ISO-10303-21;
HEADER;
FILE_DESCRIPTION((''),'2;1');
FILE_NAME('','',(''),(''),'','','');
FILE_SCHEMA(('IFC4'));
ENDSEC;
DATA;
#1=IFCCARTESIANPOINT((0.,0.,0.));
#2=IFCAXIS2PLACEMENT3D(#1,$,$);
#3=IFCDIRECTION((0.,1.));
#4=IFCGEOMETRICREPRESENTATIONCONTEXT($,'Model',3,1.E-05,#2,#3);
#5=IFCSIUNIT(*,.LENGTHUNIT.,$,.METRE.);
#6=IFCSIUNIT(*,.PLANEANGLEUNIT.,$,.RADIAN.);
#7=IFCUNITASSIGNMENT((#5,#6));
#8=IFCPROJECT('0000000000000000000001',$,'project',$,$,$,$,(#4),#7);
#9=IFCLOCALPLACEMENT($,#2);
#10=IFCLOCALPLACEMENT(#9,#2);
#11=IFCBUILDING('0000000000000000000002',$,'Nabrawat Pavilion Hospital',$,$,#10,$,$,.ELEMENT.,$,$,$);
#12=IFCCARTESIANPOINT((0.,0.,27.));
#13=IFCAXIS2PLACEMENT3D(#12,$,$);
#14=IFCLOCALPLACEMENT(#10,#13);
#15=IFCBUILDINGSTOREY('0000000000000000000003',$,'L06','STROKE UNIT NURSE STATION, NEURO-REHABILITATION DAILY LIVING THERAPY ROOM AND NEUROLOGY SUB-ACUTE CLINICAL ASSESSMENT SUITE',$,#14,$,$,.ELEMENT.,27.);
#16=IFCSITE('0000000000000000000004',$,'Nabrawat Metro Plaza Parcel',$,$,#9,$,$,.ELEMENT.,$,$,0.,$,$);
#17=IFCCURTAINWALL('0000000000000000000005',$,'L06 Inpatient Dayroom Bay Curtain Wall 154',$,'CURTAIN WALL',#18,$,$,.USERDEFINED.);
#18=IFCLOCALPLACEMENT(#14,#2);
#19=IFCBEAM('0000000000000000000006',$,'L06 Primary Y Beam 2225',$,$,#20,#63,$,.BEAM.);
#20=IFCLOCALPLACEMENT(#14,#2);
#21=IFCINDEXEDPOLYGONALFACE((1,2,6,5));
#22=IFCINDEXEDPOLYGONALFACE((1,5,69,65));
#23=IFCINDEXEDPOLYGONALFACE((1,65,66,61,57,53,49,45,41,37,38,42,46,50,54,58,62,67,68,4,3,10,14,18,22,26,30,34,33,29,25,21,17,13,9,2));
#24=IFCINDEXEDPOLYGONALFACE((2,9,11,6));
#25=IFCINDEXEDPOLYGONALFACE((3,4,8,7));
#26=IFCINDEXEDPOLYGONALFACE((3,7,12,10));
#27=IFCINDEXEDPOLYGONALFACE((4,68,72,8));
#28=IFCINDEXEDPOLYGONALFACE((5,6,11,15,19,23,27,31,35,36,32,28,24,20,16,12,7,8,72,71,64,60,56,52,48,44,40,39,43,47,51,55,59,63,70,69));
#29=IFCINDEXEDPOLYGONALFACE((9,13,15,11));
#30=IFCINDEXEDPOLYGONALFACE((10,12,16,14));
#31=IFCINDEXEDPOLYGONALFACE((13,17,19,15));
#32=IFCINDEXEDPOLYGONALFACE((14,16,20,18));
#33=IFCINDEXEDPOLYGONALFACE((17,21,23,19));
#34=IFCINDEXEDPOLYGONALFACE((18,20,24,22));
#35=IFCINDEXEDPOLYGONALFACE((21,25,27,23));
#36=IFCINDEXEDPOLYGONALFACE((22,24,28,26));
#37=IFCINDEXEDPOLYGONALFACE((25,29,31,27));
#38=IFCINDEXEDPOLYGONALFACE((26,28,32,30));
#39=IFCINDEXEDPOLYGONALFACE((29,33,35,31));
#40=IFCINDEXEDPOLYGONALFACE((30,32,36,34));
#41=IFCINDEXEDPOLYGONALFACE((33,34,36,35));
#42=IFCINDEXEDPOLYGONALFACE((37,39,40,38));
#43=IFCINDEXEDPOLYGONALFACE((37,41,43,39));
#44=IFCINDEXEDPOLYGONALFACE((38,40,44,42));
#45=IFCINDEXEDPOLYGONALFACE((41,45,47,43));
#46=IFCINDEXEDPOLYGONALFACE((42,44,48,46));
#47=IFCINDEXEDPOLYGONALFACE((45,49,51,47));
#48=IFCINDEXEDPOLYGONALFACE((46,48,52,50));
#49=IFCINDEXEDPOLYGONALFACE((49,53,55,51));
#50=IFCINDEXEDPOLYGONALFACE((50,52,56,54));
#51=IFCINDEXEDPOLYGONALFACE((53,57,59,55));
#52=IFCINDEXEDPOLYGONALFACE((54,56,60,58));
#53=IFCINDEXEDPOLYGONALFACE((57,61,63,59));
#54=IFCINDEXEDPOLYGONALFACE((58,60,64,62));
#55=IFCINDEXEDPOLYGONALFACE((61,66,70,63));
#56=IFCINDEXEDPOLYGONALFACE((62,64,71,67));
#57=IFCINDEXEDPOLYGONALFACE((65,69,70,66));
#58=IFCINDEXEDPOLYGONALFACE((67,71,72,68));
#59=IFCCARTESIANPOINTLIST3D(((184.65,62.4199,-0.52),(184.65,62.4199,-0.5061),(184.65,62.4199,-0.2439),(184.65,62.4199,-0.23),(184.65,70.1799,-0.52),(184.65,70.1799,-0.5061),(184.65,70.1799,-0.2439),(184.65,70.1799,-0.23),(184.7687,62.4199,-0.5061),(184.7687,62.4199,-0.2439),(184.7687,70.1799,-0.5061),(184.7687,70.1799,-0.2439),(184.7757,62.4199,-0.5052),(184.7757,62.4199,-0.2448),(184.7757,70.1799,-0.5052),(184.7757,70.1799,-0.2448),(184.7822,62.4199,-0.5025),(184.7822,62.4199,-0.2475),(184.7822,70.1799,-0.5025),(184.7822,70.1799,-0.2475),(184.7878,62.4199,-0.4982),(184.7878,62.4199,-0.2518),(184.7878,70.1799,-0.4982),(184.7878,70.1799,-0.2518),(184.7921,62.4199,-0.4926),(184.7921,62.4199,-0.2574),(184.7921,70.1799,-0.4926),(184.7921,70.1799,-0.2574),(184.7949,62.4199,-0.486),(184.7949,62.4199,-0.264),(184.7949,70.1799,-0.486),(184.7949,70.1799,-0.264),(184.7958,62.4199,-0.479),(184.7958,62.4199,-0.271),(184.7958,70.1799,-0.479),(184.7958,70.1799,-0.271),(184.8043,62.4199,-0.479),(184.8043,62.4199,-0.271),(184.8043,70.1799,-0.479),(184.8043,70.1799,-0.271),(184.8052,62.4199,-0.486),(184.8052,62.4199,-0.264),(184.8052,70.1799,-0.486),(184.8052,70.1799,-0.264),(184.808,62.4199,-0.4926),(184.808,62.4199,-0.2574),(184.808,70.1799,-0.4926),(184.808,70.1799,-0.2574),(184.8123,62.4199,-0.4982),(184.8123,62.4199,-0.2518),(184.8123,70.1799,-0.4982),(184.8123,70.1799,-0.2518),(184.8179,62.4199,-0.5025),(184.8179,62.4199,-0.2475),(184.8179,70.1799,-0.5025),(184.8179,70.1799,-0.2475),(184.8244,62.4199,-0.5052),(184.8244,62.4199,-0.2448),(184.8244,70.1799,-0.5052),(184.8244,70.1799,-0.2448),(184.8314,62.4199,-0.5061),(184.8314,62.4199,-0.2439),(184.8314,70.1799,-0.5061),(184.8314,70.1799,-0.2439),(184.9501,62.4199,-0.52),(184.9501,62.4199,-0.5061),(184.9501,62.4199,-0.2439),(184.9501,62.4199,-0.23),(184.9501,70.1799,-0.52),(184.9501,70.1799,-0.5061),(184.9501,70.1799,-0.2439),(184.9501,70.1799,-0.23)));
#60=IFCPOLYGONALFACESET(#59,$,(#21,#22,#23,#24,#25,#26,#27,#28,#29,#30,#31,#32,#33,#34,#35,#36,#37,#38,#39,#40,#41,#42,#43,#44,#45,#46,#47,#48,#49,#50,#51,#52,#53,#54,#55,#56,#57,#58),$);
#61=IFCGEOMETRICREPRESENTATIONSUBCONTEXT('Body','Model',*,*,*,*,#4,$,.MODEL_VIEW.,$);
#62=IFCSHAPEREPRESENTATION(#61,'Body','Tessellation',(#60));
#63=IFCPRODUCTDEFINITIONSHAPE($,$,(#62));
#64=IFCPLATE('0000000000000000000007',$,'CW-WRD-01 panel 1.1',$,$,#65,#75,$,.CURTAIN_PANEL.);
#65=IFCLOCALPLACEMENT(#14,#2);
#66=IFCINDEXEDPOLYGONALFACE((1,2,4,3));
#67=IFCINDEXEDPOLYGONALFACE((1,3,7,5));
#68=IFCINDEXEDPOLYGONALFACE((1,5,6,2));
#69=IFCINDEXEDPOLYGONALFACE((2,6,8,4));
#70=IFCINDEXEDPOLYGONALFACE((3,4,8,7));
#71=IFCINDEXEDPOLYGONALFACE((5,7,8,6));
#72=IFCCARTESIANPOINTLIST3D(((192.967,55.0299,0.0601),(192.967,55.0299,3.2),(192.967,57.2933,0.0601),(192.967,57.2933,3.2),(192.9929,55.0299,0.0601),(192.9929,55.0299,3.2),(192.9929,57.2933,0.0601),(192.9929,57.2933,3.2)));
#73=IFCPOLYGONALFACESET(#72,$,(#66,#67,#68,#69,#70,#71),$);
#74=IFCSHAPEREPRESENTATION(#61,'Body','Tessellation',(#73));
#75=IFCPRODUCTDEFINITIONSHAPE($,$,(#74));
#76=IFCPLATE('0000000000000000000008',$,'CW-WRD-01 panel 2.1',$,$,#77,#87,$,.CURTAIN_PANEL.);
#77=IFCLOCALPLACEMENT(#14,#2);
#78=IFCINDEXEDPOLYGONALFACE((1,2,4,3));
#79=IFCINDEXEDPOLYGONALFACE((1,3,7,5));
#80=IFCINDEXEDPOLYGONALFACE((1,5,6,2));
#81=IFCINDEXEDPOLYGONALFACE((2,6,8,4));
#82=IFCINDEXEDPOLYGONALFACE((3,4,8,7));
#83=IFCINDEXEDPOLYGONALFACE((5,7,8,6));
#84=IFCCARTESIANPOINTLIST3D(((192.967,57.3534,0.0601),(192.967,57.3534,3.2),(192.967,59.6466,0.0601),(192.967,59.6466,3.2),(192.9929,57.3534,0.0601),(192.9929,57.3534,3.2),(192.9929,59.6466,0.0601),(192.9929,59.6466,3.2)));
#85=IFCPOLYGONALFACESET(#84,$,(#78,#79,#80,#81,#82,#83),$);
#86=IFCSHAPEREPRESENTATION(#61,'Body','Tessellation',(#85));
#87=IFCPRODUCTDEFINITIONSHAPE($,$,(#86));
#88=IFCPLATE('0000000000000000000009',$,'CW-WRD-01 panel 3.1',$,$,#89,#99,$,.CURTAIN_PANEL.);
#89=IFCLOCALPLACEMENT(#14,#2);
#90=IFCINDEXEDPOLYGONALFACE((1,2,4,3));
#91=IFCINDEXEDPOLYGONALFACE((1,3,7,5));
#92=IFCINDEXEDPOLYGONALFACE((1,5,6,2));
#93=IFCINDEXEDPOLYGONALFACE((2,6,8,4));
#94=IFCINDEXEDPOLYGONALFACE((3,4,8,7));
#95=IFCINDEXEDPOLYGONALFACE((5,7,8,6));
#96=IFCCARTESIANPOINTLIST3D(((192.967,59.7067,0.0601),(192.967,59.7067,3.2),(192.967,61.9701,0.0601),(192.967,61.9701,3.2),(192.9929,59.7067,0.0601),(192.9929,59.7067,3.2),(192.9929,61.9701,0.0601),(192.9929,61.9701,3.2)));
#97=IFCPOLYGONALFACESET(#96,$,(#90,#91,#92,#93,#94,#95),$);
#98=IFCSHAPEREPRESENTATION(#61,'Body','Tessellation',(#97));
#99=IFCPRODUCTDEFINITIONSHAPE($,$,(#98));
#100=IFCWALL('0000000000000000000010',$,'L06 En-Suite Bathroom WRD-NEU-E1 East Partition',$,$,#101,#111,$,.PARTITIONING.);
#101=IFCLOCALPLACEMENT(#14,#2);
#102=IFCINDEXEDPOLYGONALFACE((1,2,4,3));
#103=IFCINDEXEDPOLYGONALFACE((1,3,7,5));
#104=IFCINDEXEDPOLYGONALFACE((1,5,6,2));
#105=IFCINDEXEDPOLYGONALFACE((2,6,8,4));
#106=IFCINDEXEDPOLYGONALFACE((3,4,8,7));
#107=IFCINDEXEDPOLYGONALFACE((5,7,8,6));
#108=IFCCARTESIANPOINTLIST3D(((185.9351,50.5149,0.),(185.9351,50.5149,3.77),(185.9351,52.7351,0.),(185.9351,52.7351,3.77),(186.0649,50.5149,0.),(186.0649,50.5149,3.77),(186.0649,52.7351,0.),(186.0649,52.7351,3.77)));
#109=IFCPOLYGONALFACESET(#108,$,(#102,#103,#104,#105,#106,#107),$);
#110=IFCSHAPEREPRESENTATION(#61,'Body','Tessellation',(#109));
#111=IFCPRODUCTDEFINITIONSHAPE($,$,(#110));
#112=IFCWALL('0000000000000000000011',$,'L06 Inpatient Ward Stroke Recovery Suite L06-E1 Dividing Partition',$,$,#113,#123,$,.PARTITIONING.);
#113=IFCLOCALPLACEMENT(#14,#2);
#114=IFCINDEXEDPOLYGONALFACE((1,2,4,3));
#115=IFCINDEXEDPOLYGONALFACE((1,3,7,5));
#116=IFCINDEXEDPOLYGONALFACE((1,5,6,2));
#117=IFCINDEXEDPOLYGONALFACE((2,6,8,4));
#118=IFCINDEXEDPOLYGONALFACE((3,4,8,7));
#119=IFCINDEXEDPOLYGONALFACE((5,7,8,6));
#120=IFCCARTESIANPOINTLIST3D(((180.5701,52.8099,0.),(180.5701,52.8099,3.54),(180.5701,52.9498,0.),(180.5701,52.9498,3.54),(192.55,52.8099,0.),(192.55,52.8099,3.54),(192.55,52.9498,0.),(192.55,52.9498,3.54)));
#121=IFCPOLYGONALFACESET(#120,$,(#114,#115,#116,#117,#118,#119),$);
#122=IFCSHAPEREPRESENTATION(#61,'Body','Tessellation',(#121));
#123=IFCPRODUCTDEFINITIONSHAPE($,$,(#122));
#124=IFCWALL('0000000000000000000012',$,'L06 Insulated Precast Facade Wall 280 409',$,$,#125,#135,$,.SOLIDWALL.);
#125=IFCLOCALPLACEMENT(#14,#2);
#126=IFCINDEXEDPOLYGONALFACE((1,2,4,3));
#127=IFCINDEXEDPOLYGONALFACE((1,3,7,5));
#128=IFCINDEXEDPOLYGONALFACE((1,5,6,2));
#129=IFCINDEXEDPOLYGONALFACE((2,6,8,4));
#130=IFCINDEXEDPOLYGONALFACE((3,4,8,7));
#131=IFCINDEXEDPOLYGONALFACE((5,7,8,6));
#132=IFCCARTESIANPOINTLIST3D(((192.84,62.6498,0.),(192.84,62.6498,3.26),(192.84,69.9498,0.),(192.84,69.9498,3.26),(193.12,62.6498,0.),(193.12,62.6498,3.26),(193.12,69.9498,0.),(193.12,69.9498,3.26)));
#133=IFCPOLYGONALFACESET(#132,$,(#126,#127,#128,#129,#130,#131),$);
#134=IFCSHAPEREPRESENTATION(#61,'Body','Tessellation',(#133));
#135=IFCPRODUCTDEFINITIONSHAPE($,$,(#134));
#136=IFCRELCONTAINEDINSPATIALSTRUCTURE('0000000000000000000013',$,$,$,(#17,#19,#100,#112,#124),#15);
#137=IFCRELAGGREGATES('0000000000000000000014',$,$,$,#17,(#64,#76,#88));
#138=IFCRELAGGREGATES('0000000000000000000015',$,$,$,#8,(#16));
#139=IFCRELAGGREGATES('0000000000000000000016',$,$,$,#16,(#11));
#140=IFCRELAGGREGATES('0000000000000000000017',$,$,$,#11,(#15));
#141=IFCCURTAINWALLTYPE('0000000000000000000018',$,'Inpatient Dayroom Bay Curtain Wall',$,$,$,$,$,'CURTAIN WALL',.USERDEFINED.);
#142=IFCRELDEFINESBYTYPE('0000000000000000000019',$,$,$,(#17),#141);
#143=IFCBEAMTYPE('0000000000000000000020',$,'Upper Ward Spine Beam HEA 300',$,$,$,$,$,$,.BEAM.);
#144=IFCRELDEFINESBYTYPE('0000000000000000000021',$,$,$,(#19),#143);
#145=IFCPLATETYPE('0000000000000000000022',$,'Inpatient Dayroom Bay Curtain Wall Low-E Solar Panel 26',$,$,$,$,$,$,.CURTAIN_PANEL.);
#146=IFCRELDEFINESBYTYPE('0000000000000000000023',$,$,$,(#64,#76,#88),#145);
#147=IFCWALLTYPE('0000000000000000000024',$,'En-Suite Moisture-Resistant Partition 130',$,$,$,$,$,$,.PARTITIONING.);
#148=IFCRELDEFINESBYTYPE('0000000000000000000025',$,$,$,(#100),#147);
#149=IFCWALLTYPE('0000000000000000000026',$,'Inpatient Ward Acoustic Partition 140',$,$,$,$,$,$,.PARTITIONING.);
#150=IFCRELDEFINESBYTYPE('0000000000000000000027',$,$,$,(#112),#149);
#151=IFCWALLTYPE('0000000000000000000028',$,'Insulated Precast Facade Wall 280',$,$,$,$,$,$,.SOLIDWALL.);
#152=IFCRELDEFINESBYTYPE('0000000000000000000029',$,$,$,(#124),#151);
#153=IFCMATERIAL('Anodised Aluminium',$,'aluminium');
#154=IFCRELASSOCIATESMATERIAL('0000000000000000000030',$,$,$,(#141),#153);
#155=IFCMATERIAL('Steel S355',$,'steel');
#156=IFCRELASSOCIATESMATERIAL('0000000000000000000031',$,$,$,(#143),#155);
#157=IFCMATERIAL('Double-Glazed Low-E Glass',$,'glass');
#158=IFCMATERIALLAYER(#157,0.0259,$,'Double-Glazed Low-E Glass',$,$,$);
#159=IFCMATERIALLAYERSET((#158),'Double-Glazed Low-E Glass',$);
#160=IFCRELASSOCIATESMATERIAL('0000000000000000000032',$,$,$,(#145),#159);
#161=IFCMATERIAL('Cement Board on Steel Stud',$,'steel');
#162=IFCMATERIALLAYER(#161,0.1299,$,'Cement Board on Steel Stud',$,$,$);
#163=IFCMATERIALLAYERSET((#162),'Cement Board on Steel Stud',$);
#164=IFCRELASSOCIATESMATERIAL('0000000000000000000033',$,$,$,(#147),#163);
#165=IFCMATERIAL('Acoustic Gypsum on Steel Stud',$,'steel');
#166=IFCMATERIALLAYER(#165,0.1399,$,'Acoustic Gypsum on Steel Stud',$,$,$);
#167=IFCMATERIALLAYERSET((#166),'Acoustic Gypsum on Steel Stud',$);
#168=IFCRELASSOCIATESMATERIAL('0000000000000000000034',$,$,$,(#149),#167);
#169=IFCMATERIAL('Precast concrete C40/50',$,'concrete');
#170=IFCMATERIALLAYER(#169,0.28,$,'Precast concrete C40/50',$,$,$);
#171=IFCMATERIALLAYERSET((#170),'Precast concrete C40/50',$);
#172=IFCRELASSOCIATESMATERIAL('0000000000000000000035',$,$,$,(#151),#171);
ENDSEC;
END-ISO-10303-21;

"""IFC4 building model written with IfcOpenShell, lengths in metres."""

from ifc_helpers import new_model, si_unit, direction, frame, frame_2d, origin, origin_2d, place, context, subcontext, project, spatial, rectangle, i_section, extrude, material, layer, layer_set, material_profile, profile_set, type_object, element, aggregate, save


model = new_model("IFC4")

# Units and contexts
model_context = context("Model", 3, precision=1e-05, world=origin(), true_north=direction((0.0, 1.0)))
body_context = subcontext(model_context, "Body", "Model", "MODEL_VIEW")
ifc_project = project(units=[si_unit("LENGTHUNIT", "METRE"), si_unit("PLANEANGLEUNIT", "RADIAN")], contexts=[model_context])

# Site, building, storey
site_placement = place(None, origin())
site = spatial("IfcSite", under=ifc_project, at=site_placement, Name="Nabrawat Metro Plaza Parcel", CompositionType="ELEMENT", RefElevation=0.0)
building_placement = place(site_placement, origin())
building = spatial("IfcBuilding", under=site, at=building_placement, Name="Nabrawat Pavilion Hospital", CompositionType="ELEMENT")
storey_placement = place(building_placement, frame((0.0, 0.0, 27.0)))
storey = spatial("IfcBuildingStorey", under=building, at=storey_placement, Name="L06", Description="STROKE UNIT NURSE STATION, NEURO-REHABILITATION DAILY LIVING THERAPY ROOM AND NEUROLOGY SUB-ACUTE CLINICAL ASSESSMENT SUITE", CompositionType="ELEMENT", Elevation=27.0)

# Shared definitions
ifc_material_1 = material(Name="Steel S355", Category="steel")

# Curtain wall
ifc_material_2 = material(Name="Anodised Aluminium", Category="aluminium")
curtain_wall_type = type_object("IfcCurtainWallType", Name="Inpatient Dayroom Bay Curtain Wall", ElementType="CURTAIN WALL", PredefinedType="USERDEFINED", material=ifc_material_2)
curtain_wall_placement = place(storey_placement, origin())
curtain_wall = element("IfcCurtainWall", 1, at=curtain_wall_placement, inside=storey, type_object=curtain_wall_type, Name="L06 Inpatient Dayroom Bay Curtain Wall 154", ObjectType="CURTAIN WALL", PredefinedType="USERDEFINED")

# Beam
ifc_material_profile_1 = material_profile(ifc_material_1, i_section(OverallWidth=0.3, OverallDepth=0.29, WebThickness=0.0085, FlangeThickness=0.0139, FilletRadius=0.0271, at=origin_2d()), Name="HEA 300")
ifc_profile_set_1 = profile_set([ifc_material_profile_1], Name="Steel S355")
beam_type_1 = type_object("IfcBeamType", Name="Upper Ward Spine Beam HEA 300", PredefinedType="BEAM", material=ifc_profile_set_1)
beam_1_placement = place(storey_placement, frame((184.8, 62.4199, -0.375), z_axis=(0.0, 1.0, 0.0), x_axis=(-1.0, 0.0, 0.0)))
element("IfcBeam", 2, at=beam_1_placement, inside=storey, type_object=beam_type_1, Name="L06 Primary Y Beam 2225", PredefinedType="BEAM", context=body_context, shape_type="SweptSolid", body=[
    extrude(i_section(OverallWidth=0.3, OverallDepth=0.29, WebThickness=0.0085, FlangeThickness=0.0139, FilletRadius=0.0271, at=origin_2d()), origin(), (0.0, 0.0, 1.0), 7.76),
])

# Plates
ifc_material_3 = material(Name="Double-Glazed Low-E Glass", Category="glass")
ifc_layer_1 = layer(ifc_material_3, 0.0259, Name="Double-Glazed Low-E Glass")
ifc_layer_set_1 = layer_set([ifc_layer_1], Name="Double-Glazed Low-E Glass")
plate_type = type_object("IfcPlateType", Name="Inpatient Dayroom Bay Curtain Wall Low-E Solar Panel 26", PredefinedType="CURTAIN_PANEL", material=ifc_layer_set_1)
plate_1_placement = place(storey_placement, frame((192.98, 56.1616, 0.0601), z_axis=(0.0, 0.0, 1.0), x_axis=(0.0, 1.0, 0.0)))
plate_1 = element("IfcPlate", 3, at=plate_1_placement, type_object=plate_type, Name="CW-WRD-01 panel 1.1", PredefinedType="CURTAIN_PANEL", context=body_context, shape_type="SweptSolid", body=[
    extrude(rectangle(XDim=2.2634, YDim=0.0259, at=origin_2d()), origin(), (0.0, 0.0, 1.0), 3.1399),
])
plate_2_placement = place(storey_placement, frame((192.98, 58.5, 0.0601), z_axis=(0.0, 0.0, 1.0), x_axis=(0.0, 1.0, 0.0)))
plate_2 = element("IfcPlate", 4, at=plate_2_placement, type_object=plate_type, Name="CW-WRD-01 panel 2.1", PredefinedType="CURTAIN_PANEL", context=body_context, shape_type="SweptSolid", body=[
    extrude(rectangle(XDim=2.2932, YDim=0.0259, at=origin_2d()), origin(), (0.0, 0.0, 1.0), 3.1399),
])
plate_3_placement = place(storey_placement, frame((192.98, 60.8384, 0.0601), z_axis=(0.0, 0.0, 1.0), x_axis=(0.0, 1.0, 0.0)))
plate_3 = element("IfcPlate", 5, at=plate_3_placement, type_object=plate_type, Name="CW-WRD-01 panel 3.1", PredefinedType="CURTAIN_PANEL", context=body_context, shape_type="SweptSolid", body=[
    extrude(rectangle(XDim=2.2634, YDim=0.0259, at=origin_2d()), origin(), (0.0, 0.0, 1.0), 3.1399),
])
aggregate(curtain_wall, [plate_1, plate_2, plate_3])

# Walls
ifc_material_4 = material(Name="Cement Board on Steel Stud", Category="steel")
ifc_layer_2 = layer(ifc_material_4, 0.1299, Name="Cement Board on Steel Stud")
ifc_layer_set_2 = layer_set([ifc_layer_2], Name="Cement Board on Steel Stud")
wall_type_1 = type_object("IfcWallType", Name="En-Suite Moisture-Resistant Partition 130", PredefinedType="PARTITIONING", material=ifc_layer_set_2)
wall_1_placement = place(storey_placement, frame((186.0, 50.5149, 0.0), z_axis=(0.0, 0.0, 1.0), x_axis=(0.0, 1.0, 0.0)))
element("IfcWall", 6, at=wall_1_placement, inside=storey, type_object=wall_type_1, Name="L06 En-Suite Bathroom WRD-NEU-E1 East Partition", PredefinedType="PARTITIONING", context=body_context, shape_type="SweptSolid", body=[
    extrude(rectangle(XDim=2.2202, YDim=0.1299, at=frame_2d((1.1101, 0.0))), origin(), (0.0, 0.0, 1.0), 3.77),
])
ifc_material_5 = material(Name="Acoustic Gypsum on Steel Stud", Category="steel")
ifc_layer_3 = layer(ifc_material_5, 0.1399, Name="Acoustic Gypsum on Steel Stud")
ifc_layer_set_3 = layer_set([ifc_layer_3], Name="Acoustic Gypsum on Steel Stud")
wall_type_2 = type_object("IfcWallType", Name="Inpatient Ward Acoustic Partition 140", PredefinedType="PARTITIONING", material=ifc_layer_set_3)
wall_2_placement = place(storey_placement, frame((180.5701, 52.8799, 0.0), z_axis=(0.0, 0.0, 1.0), x_axis=(1.0, 0.0, 0.0)))
element("IfcWall", 7, at=wall_2_placement, inside=storey, type_object=wall_type_2, Name="L06 Inpatient Ward Stroke Recovery Suite L06-E1 Dividing Partition", PredefinedType="PARTITIONING", context=body_context, shape_type="SweptSolid", body=[
    extrude(rectangle(XDim=11.98, YDim=0.1399, at=frame_2d((5.99, 0.0))), origin(), (0.0, 0.0, 1.0), 3.54),
])
ifc_material_6 = material(Name="Precast concrete C40/50", Category="concrete")
ifc_layer_4 = layer(ifc_material_6, 0.28, Name="Precast concrete C40/50")
ifc_layer_set_4 = layer_set([ifc_layer_4], Name="Precast concrete C40/50")
wall_type_3 = type_object("IfcWallType", Name="Insulated Precast Facade Wall 280", PredefinedType="SOLIDWALL", material=ifc_layer_set_4)
wall_3_placement = place(storey_placement, frame((192.98, 62.6499, 0.0), z_axis=(0.0, 0.0, 1.0), x_axis=(0.0, 1.0, 0.0)))
element("IfcWall", 8, at=wall_3_placement, inside=storey, type_object=wall_type_3, Name="L06 Insulated Precast Facade Wall 280 409", PredefinedType="SOLIDWALL", context=body_context, shape_type="SweptSolid", body=[
    extrude(rectangle(XDim=7.3, YDim=0.28, at=frame_2d((3.6499, 0.0))), origin(), (0.0, 0.0, 1.0), 3.26),
])

save(model, "model.ifc")
